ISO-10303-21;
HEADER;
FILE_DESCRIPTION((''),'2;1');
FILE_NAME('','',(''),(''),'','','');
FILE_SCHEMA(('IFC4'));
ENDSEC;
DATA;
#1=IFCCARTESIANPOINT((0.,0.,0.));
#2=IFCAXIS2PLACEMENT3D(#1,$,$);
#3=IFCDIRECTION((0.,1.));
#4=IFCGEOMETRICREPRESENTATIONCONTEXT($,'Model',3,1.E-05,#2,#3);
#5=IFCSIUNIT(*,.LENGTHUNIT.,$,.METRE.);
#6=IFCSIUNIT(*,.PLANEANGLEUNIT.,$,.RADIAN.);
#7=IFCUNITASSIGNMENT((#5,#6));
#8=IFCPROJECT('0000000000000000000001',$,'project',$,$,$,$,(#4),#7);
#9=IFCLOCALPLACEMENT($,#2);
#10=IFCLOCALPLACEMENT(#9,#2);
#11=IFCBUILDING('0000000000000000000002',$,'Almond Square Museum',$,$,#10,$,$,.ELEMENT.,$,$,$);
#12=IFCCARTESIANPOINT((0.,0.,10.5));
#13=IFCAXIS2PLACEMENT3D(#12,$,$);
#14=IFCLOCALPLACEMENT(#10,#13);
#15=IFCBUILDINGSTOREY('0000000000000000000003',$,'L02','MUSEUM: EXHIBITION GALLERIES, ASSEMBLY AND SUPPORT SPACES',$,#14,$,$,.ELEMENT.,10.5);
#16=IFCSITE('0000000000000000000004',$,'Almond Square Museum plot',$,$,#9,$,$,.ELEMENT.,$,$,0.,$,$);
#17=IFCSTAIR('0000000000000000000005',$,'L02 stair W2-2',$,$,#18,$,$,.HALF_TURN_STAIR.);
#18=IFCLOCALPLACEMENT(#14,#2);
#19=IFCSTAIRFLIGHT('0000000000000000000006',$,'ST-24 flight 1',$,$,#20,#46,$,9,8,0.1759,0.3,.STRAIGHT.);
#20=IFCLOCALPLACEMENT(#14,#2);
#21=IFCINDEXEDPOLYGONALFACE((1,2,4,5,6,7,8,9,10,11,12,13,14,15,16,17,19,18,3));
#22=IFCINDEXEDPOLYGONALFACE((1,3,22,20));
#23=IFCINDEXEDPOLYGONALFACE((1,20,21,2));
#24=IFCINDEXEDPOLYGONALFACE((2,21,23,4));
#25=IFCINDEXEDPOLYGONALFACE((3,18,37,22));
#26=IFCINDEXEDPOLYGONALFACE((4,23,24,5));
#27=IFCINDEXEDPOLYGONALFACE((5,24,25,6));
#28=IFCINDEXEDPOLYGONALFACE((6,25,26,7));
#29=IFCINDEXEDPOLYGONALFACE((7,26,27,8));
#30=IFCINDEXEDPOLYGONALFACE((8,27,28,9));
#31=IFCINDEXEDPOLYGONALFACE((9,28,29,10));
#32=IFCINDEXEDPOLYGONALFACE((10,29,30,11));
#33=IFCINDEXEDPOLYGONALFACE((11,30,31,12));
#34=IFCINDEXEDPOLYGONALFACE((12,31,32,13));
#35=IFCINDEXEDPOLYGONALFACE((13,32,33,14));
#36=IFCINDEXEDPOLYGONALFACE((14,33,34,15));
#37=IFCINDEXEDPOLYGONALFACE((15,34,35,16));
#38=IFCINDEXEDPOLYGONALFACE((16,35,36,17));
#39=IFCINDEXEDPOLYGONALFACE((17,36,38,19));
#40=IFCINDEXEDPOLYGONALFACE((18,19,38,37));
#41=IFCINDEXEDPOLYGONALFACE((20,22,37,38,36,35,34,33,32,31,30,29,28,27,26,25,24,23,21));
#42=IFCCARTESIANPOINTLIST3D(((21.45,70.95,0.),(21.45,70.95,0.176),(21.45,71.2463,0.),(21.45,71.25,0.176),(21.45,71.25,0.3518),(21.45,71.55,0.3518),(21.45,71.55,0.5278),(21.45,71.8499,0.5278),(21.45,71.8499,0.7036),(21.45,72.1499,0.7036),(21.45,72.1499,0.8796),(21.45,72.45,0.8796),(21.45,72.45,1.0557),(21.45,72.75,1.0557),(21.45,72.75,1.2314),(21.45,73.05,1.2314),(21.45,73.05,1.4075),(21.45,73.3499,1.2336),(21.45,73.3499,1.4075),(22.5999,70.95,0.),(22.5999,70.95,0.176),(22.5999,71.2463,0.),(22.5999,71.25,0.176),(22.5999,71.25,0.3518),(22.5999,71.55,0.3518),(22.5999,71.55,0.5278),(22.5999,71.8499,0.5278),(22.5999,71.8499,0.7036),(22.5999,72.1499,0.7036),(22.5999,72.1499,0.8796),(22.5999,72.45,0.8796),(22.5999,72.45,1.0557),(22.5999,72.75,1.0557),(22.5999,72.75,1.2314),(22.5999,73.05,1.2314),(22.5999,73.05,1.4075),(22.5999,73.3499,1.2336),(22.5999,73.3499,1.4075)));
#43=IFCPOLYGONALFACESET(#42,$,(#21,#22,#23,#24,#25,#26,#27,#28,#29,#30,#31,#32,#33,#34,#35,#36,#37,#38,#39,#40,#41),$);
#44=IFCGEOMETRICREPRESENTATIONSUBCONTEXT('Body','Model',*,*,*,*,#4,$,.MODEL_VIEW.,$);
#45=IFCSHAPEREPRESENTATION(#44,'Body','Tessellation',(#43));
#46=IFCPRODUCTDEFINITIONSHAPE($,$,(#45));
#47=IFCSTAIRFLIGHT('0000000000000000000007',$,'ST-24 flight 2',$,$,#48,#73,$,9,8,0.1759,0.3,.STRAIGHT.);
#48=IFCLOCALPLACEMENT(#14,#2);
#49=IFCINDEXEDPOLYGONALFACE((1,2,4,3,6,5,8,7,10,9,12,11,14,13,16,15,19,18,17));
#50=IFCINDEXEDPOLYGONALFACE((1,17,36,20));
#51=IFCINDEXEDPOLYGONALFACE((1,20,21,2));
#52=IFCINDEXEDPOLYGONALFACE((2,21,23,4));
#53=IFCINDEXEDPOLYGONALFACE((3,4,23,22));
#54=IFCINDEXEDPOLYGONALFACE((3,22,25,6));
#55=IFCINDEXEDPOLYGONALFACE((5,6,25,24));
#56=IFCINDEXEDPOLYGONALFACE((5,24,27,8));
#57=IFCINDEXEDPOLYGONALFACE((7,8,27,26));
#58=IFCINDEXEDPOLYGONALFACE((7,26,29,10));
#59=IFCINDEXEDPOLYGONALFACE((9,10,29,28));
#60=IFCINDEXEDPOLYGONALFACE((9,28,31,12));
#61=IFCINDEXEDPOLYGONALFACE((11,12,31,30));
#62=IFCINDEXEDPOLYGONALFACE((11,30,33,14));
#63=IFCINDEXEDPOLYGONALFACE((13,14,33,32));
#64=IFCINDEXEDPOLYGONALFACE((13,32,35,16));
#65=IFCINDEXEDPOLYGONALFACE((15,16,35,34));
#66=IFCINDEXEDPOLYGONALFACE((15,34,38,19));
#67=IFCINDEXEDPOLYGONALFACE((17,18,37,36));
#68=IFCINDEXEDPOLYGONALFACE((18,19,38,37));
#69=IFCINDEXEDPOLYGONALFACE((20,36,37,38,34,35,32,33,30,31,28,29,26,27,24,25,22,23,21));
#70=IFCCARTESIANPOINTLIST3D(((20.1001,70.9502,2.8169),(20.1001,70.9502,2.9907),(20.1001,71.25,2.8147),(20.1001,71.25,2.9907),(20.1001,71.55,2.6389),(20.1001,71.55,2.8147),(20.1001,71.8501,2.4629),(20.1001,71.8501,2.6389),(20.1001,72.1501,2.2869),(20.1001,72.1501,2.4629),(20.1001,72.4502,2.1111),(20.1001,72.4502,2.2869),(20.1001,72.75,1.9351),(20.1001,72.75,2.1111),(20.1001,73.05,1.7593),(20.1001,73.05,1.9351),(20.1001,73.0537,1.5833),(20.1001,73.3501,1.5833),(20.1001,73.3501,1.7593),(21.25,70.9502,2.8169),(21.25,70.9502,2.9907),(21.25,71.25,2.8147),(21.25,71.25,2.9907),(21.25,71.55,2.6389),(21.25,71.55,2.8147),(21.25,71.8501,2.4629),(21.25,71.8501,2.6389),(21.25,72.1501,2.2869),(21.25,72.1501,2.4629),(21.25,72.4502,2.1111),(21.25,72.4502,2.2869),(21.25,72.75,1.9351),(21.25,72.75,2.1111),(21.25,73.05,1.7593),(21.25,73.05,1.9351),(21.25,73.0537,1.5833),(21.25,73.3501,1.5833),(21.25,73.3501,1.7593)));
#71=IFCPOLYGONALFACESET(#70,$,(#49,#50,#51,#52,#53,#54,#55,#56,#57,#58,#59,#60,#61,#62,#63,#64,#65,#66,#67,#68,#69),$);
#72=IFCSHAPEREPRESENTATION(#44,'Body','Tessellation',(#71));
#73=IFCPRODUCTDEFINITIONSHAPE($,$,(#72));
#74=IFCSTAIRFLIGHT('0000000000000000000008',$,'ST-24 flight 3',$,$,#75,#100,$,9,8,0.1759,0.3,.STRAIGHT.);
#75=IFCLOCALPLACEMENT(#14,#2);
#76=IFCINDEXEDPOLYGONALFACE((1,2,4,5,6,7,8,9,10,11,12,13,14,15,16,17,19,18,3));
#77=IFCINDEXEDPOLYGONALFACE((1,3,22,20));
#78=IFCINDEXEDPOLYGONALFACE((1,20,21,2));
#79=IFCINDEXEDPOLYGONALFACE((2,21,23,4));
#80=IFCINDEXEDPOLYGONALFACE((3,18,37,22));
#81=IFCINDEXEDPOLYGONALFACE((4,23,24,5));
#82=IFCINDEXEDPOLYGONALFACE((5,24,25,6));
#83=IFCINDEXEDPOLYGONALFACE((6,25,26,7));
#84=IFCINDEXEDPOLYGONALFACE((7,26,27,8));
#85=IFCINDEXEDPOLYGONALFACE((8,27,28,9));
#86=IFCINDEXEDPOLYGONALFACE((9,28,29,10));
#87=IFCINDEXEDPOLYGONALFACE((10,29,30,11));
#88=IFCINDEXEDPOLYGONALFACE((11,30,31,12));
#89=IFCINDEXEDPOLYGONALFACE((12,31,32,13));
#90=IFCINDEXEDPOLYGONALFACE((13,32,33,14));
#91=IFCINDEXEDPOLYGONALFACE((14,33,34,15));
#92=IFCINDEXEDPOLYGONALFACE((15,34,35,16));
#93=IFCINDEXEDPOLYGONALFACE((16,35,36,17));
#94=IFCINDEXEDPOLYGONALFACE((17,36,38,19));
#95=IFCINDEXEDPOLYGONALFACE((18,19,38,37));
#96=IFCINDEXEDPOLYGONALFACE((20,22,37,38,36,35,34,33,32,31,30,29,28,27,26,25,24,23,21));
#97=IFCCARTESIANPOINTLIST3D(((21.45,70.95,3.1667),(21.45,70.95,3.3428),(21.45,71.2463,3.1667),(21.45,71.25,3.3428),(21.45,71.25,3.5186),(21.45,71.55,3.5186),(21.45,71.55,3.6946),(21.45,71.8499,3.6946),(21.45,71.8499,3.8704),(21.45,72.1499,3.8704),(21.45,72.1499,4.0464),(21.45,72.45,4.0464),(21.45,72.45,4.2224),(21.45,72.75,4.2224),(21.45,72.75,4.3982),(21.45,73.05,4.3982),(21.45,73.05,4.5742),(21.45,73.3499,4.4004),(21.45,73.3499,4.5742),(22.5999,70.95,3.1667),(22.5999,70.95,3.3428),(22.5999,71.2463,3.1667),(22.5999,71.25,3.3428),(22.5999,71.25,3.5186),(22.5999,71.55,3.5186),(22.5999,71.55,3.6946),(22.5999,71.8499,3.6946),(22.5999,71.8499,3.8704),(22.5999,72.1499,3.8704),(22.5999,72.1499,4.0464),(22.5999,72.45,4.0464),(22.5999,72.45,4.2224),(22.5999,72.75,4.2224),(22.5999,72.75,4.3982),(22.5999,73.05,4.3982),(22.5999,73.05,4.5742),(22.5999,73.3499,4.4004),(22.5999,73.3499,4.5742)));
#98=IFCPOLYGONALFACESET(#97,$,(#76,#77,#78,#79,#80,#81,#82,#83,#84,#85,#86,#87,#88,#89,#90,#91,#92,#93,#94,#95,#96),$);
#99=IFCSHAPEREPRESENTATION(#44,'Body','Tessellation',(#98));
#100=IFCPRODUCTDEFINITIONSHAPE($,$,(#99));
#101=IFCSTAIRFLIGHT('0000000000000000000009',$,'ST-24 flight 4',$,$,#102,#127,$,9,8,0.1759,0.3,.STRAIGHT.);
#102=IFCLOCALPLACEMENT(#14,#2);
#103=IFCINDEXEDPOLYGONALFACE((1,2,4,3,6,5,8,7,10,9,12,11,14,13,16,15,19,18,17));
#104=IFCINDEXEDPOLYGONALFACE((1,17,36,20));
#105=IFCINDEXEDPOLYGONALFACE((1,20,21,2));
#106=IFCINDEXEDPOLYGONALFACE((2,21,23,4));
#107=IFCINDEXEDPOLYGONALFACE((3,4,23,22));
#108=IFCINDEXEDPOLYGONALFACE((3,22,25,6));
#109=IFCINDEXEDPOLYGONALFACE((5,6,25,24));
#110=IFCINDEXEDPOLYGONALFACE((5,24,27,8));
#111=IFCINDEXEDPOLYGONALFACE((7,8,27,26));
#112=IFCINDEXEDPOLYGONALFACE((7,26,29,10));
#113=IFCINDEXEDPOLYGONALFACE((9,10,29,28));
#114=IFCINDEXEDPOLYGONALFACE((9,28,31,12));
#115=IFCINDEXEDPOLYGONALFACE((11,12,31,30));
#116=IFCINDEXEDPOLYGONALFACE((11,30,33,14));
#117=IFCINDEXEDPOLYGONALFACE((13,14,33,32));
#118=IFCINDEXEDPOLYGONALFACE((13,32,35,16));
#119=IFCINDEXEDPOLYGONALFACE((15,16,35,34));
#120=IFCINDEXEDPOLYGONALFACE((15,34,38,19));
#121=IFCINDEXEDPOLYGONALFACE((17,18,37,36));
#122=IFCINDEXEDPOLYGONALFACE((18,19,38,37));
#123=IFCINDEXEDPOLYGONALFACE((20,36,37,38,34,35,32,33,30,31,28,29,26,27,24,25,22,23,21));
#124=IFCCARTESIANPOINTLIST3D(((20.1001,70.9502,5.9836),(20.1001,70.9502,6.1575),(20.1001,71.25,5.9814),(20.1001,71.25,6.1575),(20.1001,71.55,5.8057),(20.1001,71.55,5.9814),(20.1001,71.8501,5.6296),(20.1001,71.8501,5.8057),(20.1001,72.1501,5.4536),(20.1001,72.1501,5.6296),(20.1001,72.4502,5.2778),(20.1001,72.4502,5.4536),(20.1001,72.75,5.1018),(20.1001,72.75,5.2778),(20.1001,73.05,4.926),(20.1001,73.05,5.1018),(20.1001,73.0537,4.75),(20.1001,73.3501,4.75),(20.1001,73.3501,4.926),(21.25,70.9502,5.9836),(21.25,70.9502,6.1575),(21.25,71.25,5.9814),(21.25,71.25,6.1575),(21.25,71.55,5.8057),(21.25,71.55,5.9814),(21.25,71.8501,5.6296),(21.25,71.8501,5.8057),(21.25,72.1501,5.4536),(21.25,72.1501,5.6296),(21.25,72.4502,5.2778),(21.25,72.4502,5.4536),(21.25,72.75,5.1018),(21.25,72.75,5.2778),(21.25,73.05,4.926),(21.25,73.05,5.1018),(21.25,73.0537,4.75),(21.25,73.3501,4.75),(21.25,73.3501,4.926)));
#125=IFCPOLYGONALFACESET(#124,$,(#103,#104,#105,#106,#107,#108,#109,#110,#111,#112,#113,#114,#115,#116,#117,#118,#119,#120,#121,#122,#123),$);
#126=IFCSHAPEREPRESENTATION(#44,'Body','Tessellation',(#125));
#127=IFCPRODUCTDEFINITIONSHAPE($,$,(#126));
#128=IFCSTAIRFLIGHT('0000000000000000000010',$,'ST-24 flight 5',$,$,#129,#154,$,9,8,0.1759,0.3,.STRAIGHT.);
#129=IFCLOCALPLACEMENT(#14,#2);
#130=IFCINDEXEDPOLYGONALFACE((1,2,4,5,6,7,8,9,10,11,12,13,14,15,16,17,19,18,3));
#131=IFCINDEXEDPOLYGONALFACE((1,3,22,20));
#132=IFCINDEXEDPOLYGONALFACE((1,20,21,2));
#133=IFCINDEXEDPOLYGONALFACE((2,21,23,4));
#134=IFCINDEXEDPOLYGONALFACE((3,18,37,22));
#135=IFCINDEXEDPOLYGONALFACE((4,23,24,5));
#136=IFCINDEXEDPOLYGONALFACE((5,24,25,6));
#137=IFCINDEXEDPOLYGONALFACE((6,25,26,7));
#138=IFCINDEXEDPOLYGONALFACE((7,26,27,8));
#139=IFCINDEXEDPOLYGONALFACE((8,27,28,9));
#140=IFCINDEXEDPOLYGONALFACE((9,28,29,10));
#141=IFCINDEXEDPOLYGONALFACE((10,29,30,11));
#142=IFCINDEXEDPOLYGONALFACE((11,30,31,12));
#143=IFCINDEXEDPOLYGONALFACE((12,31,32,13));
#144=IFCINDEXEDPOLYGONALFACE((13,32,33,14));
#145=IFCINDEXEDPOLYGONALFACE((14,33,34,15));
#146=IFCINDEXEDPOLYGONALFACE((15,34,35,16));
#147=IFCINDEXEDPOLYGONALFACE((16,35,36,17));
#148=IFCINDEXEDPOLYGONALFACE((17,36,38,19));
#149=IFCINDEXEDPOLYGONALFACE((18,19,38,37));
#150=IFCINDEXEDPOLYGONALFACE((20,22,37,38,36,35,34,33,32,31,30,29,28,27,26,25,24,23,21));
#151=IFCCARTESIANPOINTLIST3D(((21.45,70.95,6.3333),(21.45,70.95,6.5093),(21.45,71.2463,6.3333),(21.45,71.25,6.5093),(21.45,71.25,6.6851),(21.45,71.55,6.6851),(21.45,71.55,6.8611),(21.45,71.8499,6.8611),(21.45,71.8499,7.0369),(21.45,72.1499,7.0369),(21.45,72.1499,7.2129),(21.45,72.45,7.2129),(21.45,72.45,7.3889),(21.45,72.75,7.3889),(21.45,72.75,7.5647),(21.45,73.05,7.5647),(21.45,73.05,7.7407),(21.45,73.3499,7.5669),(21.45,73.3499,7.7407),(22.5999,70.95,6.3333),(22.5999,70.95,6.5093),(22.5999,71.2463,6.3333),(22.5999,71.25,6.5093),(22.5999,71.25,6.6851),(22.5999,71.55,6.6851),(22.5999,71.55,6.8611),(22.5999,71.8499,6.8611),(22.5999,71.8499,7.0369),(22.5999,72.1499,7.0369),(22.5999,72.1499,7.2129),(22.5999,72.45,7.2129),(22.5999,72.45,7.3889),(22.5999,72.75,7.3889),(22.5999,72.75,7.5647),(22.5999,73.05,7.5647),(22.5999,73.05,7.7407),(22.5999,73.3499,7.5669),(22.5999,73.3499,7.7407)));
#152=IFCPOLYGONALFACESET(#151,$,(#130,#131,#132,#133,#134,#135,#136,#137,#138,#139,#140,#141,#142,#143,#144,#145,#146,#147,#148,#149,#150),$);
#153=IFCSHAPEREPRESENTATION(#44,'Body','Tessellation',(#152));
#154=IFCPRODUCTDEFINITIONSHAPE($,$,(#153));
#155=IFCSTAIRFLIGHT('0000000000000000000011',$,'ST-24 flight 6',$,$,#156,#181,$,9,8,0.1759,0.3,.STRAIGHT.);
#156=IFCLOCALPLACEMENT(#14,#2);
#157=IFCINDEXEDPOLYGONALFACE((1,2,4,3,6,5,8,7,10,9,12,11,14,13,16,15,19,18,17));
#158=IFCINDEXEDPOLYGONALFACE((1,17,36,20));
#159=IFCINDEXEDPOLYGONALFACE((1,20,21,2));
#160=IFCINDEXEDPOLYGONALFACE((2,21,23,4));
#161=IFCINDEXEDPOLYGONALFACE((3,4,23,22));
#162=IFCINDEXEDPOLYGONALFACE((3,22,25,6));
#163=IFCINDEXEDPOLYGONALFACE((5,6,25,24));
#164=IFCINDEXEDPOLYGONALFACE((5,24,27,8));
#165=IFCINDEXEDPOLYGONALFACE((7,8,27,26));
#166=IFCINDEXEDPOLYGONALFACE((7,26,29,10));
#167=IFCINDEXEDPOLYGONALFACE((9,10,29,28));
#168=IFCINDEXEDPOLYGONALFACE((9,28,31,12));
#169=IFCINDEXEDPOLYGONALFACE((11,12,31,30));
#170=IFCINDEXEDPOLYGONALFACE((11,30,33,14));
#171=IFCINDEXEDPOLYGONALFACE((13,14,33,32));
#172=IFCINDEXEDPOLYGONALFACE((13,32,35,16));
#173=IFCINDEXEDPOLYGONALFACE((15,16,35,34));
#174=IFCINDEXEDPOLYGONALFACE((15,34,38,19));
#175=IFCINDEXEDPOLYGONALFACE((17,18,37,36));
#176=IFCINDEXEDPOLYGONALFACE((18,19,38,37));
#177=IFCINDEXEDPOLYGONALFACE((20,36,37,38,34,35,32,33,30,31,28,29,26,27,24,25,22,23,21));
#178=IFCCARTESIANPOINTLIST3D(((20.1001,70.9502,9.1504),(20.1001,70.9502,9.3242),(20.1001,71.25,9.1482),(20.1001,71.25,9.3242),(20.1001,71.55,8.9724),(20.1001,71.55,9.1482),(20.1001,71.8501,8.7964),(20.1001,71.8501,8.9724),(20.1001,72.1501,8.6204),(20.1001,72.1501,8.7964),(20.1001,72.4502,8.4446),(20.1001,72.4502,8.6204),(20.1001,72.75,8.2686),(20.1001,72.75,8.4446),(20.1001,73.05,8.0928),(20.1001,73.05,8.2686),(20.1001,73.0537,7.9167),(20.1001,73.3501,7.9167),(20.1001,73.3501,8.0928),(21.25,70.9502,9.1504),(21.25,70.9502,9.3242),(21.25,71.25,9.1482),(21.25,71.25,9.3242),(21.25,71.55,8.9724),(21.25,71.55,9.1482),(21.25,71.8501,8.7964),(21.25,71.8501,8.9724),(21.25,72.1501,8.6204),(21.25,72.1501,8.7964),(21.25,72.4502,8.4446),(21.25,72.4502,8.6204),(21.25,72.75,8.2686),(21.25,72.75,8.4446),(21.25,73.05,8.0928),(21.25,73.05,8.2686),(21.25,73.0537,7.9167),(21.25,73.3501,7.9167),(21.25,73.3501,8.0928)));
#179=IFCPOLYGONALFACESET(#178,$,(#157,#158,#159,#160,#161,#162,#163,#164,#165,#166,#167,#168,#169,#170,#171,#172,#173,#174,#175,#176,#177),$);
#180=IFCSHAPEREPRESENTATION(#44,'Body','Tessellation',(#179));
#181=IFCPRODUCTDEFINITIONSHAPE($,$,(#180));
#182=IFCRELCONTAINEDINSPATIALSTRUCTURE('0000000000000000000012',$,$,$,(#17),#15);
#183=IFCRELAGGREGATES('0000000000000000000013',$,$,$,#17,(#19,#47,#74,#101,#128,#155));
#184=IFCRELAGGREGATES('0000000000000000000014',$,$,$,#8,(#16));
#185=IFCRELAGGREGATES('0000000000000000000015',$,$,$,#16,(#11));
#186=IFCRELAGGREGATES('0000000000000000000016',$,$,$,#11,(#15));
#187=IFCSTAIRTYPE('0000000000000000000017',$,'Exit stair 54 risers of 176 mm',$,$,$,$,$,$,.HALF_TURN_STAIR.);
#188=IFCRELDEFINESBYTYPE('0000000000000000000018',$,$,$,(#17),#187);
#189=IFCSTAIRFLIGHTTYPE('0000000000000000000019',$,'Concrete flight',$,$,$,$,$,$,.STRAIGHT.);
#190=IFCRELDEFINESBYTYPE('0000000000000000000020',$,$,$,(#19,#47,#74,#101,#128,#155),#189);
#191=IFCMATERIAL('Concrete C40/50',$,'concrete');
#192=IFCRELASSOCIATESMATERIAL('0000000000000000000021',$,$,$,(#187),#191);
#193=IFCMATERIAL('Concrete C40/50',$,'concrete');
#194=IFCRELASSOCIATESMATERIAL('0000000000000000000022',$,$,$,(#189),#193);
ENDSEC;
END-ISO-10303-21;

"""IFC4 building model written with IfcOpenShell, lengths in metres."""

from ifc_helpers import new_model, si_unit, direction, frame, origin, place, context, subcontext, project, spatial, polyline, outline, extrude, material, type_object, element, aggregate, save


model = new_model("IFC4")

# Units and contexts
model_context = context("Model", 3, precision=1e-05, world=origin(), true_north=direction((0.0, 1.0)))
body_context = subcontext(model_context, "Body", "Model", "MODEL_VIEW")
ifc_project = project(units=[si_unit("LENGTHUNIT", "METRE"), si_unit("PLANEANGLEUNIT", "RADIAN")], contexts=[model_context])

# Site, building, storey
site_placement = place(None, origin())
site = spatial("IfcSite", under=ifc_project, at=site_placement, Name="Almond Square Museum plot", CompositionType="ELEMENT", RefElevation=0.0)
building_placement = place(site_placement, origin())
building = spatial("IfcBuilding", under=site, at=building_placement, Name="Almond Square Museum", CompositionType="ELEMENT")
storey_placement = place(building_placement, frame((0.0, 0.0, 10.5)))
storey = spatial("IfcBuildingStorey", under=building, at=storey_placement, Name="L02", Description="MUSEUM: EXHIBITION GALLERIES, ASSEMBLY AND SUPPORT SPACES", CompositionType="ELEMENT", Elevation=10.5)

# Stair, stair flights
ifc_material_1 = material(Name="Concrete C40/50", Category="concrete")
stair_type = type_object("IfcStairType", Name="Exit stair 54 risers of 176 mm", PredefinedType="HALF_TURN_STAIR", material=ifc_material_1)
ifc_material_2 = material(Name="Concrete C40/50", Category="concrete")
stair_flight_type = type_object("IfcStairFlightType", Name="Concrete flight", PredefinedType="STRAIGHT", material=ifc_material_2)
stair_1_placement = place(storey_placement, origin())
stair_1 = element("IfcStair", 1, at=stair_1_placement, inside=storey, type_object=stair_type, Name="L02 stair W2-2", PredefinedType="HALF_TURN_STAIR")
stair_flight_1_placement = place(storey_placement, frame((22.0249, 70.95, 0.0), z_axis=(0.0, 0.0, 1.0), x_axis=(0.0, 1.0, 0.0)))
stair_flight_1 = element("IfcStairFlight", 2, at=stair_flight_1_placement, type_object=stair_flight_type, Name="ST-24 flight 1", NumberOfRisers=9, NumberOfTreads=8, PredefinedType="STRAIGHT", RiserHeight=0.1759, TreadLength=0.3, context=body_context, shape_type="SweptSolid", body=[
    extrude(outline(polyline([(0.0, 0.0), (0.0, 0.176), (0.3, 0.176), (0.3, 0.3518), (0.6001, 0.3518), (0.6001, 0.5278), (0.8999, 0.5278), (0.8999, 0.7036), (1.2, 0.7036), (1.2, 0.8796), (1.5, 0.8796), (1.5, 1.0557), (1.8, 1.0557), (1.8, 1.2314), (2.1001, 1.2314), (2.1001, 1.4075), (2.3999, 1.4075), (2.3999, 1.5833), (2.3999, 1.2336), (0.2964, 0.0), (0.0, 0.0)])), frame((0.0, 0.575, 0.0), z_axis=(0.0, -1.0, 0.0), x_axis=(1.0, 0.0, 0.0)), (0.0, 0.0, 1.0), 1.1499),
])
stair_flight_2_placement = place(storey_placement, frame((20.675, 73.3501, 1.5833), z_axis=(0.0, 0.0, 1.0), x_axis=(0.0, -1.0, 0.0)))
stair_flight_2 = element("IfcStairFlight", 3, at=stair_flight_2_placement, type_object=stair_flight_type, Name="ST-24 flight 2", NumberOfRisers=9, NumberOfTreads=8, PredefinedType="STRAIGHT", RiserHeight=0.1759, TreadLength=0.3, context=body_context, shape_type="SweptSolid", body=[
    extrude(outline(polyline([(0.0, 0.0), (0.0, 0.176), (0.3, 0.176), (0.3, 0.3518), (0.6001, 0.3518), (0.6001, 0.5278), (0.8999, 0.5278), (0.8999, 0.7036), (1.2, 0.7036), (1.2, 0.8796), (1.5, 0.8796), (1.5, 1.0557), (1.8, 1.0557), (1.8, 1.2314), (2.1001, 1.2314), (2.1001, 1.4075), (2.3999, 1.4075), (2.3999, 1.5833), (2.3999, 1.2336), (0.2964, 0.0), (0.0, 0.0)])), frame((0.0, 0.575, 0.0), z_axis=(0.0, -1.0, 0.0), x_axis=(1.0, 0.0, 0.0)), (0.0, 0.0, 1.0), 1.1499),
])
stair_flight_3_placement = place(storey_placement, frame((22.0249, 70.95, 3.1667), z_axis=(0.0, 0.0, 1.0), x_axis=(0.0, 1.0, 0.0)))
stair_flight_3 = element("IfcStairFlight", 4, at=stair_flight_3_placement, type_object=stair_flight_type, Name="ST-24 flight 3", NumberOfRisers=9, NumberOfTreads=8, PredefinedType="STRAIGHT", RiserHeight=0.1759, TreadLength=0.3, context=body_context, shape_type="SweptSolid", body=[
    extrude(outline(polyline([(0.0, 0.0), (0.0, 0.176), (0.3, 0.176), (0.3, 0.3518), (0.6001, 0.3518), (0.6001, 0.5278), (0.8999, 0.5278), (0.8999, 0.7036), (1.2, 0.7036), (1.2, 0.8796), (1.5, 0.8796), (1.5, 1.0557), (1.8, 1.0557), (1.8, 1.2314), (2.1001, 1.2314), (2.1001, 1.4075), (2.3999, 1.4075), (2.3999, 1.5833), (2.3999, 1.2336), (0.2964, 0.0), (0.0, 0.0)])), frame((0.0, 0.575, 0.0), z_axis=(0.0, -1.0, 0.0), x_axis=(1.0, 0.0, 0.0)), (0.0, 0.0, 1.0), 1.1499),
])
stair_flight_4_placement = place(storey_placement, frame((20.675, 73.3501, 4.75), z_axis=(0.0, 0.0, 1.0), x_axis=(0.0, -1.0, 0.0)))
stair_flight_4 = element("IfcStairFlight", 5, at=stair_flight_4_placement, type_object=stair_flight_type, Name="ST-24 flight 4", NumberOfRisers=9, NumberOfTreads=8, PredefinedType="STRAIGHT", RiserHeight=0.1759, TreadLength=0.3, context=body_context, shape_type="SweptSolid", body=[
    extrude(outline(polyline([(0.0, 0.0), (0.0, 0.176), (0.3, 0.176), (0.3, 0.3518), (0.6001, 0.3518), (0.6001, 0.5278), (0.8999, 0.5278), (0.8999, 0.7036), (1.2, 0.7036), (1.2, 0.8796), (1.5, 0.8796), (1.5, 1.0557), (1.8, 1.0557), (1.8, 1.2314), (2.1001, 1.2314), (2.1001, 1.4075), (2.3999, 1.4075), (2.3999, 1.5833), (2.3999, 1.2336), (0.2964, 0.0), (0.0, 0.0)])), frame((0.0, 0.575, 0.0), z_axis=(0.0, -1.0, 0.0), x_axis=(1.0, 0.0, 0.0)), (0.0, 0.0, 1.0), 1.1499),
])
stair_flight_5_placement = place(storey_placement, frame((22.0249, 70.95, 6.3333), z_axis=(0.0, 0.0, 1.0), x_axis=(0.0, 1.0, 0.0)))
stair_flight_5 = element("IfcStairFlight", 6, at=stair_flight_5_placement, type_object=stair_flight_type, Name="ST-24 flight 5", NumberOfRisers=9, NumberOfTreads=8, PredefinedType="STRAIGHT", RiserHeight=0.1759, TreadLength=0.3, context=body_context, shape_type="SweptSolid", body=[
    extrude(outline(polyline([(0.0, 0.0), (0.0, 0.176), (0.3, 0.176), (0.3, 0.3518), (0.6001, 0.3518), (0.6001, 0.5278), (0.8999, 0.5278), (0.8999, 0.7036), (1.2, 0.7036), (1.2, 0.8796), (1.5, 0.8796), (1.5, 1.0557), (1.8, 1.0557), (1.8, 1.2314), (2.1001, 1.2314), (2.1001, 1.4075), (2.3999, 1.4075), (2.3999, 1.5833), (2.3999, 1.2336), (0.2964, 0.0), (0.0, 0.0)])), frame((0.0, 0.575, 0.0), z_axis=(0.0, -1.0, 0.0), x_axis=(1.0, 0.0, 0.0)), (0.0, 0.0, 1.0), 1.1499),
])
stair_flight_6_placement = place(storey_placement, frame((20.675, 73.3501, 7.9167), z_axis=(0.0, 0.0, 1.0), x_axis=(0.0, -1.0, 0.0)))
stair_flight_6 = element("IfcStairFlight", 7, at=stair_flight_6_placement, type_object=stair_flight_type, Name="ST-24 flight 6", NumberOfRisers=9, NumberOfTreads=8, PredefinedType="STRAIGHT", RiserHeight=0.1759, TreadLength=0.3, context=body_context, shape_type="SweptSolid", body=[
    extrude(outline(polyline([(0.0, 0.0), (0.0, 0.176), (0.3, 0.176), (0.3, 0.3518), (0.6001, 0.3518), (0.6001, 0.5278), (0.8999, 0.5278), (0.8999, 0.7036), (1.2, 0.7036), (1.2, 0.8796), (1.5, 0.8796), (1.5, 1.0557), (1.8, 1.0557), (1.8, 1.2314), (2.1001, 1.2314), (2.1001, 1.4075), (2.3999, 1.4075), (2.3999, 1.5833), (2.3999, 1.2336), (0.2964, 0.0), (0.0, 0.0)])), frame((0.0, 0.575, 0.0), z_axis=(0.0, -1.0, 0.0), x_axis=(1.0, 0.0, 0.0)), (0.0, 0.0, 1.0), 1.1499),
])
aggregate(stair_1, [stair_flight_1, stair_flight_2, stair_flight_3, stair_flight_4, stair_flight_5, stair_flight_6])

save(model, "model.ifc")
